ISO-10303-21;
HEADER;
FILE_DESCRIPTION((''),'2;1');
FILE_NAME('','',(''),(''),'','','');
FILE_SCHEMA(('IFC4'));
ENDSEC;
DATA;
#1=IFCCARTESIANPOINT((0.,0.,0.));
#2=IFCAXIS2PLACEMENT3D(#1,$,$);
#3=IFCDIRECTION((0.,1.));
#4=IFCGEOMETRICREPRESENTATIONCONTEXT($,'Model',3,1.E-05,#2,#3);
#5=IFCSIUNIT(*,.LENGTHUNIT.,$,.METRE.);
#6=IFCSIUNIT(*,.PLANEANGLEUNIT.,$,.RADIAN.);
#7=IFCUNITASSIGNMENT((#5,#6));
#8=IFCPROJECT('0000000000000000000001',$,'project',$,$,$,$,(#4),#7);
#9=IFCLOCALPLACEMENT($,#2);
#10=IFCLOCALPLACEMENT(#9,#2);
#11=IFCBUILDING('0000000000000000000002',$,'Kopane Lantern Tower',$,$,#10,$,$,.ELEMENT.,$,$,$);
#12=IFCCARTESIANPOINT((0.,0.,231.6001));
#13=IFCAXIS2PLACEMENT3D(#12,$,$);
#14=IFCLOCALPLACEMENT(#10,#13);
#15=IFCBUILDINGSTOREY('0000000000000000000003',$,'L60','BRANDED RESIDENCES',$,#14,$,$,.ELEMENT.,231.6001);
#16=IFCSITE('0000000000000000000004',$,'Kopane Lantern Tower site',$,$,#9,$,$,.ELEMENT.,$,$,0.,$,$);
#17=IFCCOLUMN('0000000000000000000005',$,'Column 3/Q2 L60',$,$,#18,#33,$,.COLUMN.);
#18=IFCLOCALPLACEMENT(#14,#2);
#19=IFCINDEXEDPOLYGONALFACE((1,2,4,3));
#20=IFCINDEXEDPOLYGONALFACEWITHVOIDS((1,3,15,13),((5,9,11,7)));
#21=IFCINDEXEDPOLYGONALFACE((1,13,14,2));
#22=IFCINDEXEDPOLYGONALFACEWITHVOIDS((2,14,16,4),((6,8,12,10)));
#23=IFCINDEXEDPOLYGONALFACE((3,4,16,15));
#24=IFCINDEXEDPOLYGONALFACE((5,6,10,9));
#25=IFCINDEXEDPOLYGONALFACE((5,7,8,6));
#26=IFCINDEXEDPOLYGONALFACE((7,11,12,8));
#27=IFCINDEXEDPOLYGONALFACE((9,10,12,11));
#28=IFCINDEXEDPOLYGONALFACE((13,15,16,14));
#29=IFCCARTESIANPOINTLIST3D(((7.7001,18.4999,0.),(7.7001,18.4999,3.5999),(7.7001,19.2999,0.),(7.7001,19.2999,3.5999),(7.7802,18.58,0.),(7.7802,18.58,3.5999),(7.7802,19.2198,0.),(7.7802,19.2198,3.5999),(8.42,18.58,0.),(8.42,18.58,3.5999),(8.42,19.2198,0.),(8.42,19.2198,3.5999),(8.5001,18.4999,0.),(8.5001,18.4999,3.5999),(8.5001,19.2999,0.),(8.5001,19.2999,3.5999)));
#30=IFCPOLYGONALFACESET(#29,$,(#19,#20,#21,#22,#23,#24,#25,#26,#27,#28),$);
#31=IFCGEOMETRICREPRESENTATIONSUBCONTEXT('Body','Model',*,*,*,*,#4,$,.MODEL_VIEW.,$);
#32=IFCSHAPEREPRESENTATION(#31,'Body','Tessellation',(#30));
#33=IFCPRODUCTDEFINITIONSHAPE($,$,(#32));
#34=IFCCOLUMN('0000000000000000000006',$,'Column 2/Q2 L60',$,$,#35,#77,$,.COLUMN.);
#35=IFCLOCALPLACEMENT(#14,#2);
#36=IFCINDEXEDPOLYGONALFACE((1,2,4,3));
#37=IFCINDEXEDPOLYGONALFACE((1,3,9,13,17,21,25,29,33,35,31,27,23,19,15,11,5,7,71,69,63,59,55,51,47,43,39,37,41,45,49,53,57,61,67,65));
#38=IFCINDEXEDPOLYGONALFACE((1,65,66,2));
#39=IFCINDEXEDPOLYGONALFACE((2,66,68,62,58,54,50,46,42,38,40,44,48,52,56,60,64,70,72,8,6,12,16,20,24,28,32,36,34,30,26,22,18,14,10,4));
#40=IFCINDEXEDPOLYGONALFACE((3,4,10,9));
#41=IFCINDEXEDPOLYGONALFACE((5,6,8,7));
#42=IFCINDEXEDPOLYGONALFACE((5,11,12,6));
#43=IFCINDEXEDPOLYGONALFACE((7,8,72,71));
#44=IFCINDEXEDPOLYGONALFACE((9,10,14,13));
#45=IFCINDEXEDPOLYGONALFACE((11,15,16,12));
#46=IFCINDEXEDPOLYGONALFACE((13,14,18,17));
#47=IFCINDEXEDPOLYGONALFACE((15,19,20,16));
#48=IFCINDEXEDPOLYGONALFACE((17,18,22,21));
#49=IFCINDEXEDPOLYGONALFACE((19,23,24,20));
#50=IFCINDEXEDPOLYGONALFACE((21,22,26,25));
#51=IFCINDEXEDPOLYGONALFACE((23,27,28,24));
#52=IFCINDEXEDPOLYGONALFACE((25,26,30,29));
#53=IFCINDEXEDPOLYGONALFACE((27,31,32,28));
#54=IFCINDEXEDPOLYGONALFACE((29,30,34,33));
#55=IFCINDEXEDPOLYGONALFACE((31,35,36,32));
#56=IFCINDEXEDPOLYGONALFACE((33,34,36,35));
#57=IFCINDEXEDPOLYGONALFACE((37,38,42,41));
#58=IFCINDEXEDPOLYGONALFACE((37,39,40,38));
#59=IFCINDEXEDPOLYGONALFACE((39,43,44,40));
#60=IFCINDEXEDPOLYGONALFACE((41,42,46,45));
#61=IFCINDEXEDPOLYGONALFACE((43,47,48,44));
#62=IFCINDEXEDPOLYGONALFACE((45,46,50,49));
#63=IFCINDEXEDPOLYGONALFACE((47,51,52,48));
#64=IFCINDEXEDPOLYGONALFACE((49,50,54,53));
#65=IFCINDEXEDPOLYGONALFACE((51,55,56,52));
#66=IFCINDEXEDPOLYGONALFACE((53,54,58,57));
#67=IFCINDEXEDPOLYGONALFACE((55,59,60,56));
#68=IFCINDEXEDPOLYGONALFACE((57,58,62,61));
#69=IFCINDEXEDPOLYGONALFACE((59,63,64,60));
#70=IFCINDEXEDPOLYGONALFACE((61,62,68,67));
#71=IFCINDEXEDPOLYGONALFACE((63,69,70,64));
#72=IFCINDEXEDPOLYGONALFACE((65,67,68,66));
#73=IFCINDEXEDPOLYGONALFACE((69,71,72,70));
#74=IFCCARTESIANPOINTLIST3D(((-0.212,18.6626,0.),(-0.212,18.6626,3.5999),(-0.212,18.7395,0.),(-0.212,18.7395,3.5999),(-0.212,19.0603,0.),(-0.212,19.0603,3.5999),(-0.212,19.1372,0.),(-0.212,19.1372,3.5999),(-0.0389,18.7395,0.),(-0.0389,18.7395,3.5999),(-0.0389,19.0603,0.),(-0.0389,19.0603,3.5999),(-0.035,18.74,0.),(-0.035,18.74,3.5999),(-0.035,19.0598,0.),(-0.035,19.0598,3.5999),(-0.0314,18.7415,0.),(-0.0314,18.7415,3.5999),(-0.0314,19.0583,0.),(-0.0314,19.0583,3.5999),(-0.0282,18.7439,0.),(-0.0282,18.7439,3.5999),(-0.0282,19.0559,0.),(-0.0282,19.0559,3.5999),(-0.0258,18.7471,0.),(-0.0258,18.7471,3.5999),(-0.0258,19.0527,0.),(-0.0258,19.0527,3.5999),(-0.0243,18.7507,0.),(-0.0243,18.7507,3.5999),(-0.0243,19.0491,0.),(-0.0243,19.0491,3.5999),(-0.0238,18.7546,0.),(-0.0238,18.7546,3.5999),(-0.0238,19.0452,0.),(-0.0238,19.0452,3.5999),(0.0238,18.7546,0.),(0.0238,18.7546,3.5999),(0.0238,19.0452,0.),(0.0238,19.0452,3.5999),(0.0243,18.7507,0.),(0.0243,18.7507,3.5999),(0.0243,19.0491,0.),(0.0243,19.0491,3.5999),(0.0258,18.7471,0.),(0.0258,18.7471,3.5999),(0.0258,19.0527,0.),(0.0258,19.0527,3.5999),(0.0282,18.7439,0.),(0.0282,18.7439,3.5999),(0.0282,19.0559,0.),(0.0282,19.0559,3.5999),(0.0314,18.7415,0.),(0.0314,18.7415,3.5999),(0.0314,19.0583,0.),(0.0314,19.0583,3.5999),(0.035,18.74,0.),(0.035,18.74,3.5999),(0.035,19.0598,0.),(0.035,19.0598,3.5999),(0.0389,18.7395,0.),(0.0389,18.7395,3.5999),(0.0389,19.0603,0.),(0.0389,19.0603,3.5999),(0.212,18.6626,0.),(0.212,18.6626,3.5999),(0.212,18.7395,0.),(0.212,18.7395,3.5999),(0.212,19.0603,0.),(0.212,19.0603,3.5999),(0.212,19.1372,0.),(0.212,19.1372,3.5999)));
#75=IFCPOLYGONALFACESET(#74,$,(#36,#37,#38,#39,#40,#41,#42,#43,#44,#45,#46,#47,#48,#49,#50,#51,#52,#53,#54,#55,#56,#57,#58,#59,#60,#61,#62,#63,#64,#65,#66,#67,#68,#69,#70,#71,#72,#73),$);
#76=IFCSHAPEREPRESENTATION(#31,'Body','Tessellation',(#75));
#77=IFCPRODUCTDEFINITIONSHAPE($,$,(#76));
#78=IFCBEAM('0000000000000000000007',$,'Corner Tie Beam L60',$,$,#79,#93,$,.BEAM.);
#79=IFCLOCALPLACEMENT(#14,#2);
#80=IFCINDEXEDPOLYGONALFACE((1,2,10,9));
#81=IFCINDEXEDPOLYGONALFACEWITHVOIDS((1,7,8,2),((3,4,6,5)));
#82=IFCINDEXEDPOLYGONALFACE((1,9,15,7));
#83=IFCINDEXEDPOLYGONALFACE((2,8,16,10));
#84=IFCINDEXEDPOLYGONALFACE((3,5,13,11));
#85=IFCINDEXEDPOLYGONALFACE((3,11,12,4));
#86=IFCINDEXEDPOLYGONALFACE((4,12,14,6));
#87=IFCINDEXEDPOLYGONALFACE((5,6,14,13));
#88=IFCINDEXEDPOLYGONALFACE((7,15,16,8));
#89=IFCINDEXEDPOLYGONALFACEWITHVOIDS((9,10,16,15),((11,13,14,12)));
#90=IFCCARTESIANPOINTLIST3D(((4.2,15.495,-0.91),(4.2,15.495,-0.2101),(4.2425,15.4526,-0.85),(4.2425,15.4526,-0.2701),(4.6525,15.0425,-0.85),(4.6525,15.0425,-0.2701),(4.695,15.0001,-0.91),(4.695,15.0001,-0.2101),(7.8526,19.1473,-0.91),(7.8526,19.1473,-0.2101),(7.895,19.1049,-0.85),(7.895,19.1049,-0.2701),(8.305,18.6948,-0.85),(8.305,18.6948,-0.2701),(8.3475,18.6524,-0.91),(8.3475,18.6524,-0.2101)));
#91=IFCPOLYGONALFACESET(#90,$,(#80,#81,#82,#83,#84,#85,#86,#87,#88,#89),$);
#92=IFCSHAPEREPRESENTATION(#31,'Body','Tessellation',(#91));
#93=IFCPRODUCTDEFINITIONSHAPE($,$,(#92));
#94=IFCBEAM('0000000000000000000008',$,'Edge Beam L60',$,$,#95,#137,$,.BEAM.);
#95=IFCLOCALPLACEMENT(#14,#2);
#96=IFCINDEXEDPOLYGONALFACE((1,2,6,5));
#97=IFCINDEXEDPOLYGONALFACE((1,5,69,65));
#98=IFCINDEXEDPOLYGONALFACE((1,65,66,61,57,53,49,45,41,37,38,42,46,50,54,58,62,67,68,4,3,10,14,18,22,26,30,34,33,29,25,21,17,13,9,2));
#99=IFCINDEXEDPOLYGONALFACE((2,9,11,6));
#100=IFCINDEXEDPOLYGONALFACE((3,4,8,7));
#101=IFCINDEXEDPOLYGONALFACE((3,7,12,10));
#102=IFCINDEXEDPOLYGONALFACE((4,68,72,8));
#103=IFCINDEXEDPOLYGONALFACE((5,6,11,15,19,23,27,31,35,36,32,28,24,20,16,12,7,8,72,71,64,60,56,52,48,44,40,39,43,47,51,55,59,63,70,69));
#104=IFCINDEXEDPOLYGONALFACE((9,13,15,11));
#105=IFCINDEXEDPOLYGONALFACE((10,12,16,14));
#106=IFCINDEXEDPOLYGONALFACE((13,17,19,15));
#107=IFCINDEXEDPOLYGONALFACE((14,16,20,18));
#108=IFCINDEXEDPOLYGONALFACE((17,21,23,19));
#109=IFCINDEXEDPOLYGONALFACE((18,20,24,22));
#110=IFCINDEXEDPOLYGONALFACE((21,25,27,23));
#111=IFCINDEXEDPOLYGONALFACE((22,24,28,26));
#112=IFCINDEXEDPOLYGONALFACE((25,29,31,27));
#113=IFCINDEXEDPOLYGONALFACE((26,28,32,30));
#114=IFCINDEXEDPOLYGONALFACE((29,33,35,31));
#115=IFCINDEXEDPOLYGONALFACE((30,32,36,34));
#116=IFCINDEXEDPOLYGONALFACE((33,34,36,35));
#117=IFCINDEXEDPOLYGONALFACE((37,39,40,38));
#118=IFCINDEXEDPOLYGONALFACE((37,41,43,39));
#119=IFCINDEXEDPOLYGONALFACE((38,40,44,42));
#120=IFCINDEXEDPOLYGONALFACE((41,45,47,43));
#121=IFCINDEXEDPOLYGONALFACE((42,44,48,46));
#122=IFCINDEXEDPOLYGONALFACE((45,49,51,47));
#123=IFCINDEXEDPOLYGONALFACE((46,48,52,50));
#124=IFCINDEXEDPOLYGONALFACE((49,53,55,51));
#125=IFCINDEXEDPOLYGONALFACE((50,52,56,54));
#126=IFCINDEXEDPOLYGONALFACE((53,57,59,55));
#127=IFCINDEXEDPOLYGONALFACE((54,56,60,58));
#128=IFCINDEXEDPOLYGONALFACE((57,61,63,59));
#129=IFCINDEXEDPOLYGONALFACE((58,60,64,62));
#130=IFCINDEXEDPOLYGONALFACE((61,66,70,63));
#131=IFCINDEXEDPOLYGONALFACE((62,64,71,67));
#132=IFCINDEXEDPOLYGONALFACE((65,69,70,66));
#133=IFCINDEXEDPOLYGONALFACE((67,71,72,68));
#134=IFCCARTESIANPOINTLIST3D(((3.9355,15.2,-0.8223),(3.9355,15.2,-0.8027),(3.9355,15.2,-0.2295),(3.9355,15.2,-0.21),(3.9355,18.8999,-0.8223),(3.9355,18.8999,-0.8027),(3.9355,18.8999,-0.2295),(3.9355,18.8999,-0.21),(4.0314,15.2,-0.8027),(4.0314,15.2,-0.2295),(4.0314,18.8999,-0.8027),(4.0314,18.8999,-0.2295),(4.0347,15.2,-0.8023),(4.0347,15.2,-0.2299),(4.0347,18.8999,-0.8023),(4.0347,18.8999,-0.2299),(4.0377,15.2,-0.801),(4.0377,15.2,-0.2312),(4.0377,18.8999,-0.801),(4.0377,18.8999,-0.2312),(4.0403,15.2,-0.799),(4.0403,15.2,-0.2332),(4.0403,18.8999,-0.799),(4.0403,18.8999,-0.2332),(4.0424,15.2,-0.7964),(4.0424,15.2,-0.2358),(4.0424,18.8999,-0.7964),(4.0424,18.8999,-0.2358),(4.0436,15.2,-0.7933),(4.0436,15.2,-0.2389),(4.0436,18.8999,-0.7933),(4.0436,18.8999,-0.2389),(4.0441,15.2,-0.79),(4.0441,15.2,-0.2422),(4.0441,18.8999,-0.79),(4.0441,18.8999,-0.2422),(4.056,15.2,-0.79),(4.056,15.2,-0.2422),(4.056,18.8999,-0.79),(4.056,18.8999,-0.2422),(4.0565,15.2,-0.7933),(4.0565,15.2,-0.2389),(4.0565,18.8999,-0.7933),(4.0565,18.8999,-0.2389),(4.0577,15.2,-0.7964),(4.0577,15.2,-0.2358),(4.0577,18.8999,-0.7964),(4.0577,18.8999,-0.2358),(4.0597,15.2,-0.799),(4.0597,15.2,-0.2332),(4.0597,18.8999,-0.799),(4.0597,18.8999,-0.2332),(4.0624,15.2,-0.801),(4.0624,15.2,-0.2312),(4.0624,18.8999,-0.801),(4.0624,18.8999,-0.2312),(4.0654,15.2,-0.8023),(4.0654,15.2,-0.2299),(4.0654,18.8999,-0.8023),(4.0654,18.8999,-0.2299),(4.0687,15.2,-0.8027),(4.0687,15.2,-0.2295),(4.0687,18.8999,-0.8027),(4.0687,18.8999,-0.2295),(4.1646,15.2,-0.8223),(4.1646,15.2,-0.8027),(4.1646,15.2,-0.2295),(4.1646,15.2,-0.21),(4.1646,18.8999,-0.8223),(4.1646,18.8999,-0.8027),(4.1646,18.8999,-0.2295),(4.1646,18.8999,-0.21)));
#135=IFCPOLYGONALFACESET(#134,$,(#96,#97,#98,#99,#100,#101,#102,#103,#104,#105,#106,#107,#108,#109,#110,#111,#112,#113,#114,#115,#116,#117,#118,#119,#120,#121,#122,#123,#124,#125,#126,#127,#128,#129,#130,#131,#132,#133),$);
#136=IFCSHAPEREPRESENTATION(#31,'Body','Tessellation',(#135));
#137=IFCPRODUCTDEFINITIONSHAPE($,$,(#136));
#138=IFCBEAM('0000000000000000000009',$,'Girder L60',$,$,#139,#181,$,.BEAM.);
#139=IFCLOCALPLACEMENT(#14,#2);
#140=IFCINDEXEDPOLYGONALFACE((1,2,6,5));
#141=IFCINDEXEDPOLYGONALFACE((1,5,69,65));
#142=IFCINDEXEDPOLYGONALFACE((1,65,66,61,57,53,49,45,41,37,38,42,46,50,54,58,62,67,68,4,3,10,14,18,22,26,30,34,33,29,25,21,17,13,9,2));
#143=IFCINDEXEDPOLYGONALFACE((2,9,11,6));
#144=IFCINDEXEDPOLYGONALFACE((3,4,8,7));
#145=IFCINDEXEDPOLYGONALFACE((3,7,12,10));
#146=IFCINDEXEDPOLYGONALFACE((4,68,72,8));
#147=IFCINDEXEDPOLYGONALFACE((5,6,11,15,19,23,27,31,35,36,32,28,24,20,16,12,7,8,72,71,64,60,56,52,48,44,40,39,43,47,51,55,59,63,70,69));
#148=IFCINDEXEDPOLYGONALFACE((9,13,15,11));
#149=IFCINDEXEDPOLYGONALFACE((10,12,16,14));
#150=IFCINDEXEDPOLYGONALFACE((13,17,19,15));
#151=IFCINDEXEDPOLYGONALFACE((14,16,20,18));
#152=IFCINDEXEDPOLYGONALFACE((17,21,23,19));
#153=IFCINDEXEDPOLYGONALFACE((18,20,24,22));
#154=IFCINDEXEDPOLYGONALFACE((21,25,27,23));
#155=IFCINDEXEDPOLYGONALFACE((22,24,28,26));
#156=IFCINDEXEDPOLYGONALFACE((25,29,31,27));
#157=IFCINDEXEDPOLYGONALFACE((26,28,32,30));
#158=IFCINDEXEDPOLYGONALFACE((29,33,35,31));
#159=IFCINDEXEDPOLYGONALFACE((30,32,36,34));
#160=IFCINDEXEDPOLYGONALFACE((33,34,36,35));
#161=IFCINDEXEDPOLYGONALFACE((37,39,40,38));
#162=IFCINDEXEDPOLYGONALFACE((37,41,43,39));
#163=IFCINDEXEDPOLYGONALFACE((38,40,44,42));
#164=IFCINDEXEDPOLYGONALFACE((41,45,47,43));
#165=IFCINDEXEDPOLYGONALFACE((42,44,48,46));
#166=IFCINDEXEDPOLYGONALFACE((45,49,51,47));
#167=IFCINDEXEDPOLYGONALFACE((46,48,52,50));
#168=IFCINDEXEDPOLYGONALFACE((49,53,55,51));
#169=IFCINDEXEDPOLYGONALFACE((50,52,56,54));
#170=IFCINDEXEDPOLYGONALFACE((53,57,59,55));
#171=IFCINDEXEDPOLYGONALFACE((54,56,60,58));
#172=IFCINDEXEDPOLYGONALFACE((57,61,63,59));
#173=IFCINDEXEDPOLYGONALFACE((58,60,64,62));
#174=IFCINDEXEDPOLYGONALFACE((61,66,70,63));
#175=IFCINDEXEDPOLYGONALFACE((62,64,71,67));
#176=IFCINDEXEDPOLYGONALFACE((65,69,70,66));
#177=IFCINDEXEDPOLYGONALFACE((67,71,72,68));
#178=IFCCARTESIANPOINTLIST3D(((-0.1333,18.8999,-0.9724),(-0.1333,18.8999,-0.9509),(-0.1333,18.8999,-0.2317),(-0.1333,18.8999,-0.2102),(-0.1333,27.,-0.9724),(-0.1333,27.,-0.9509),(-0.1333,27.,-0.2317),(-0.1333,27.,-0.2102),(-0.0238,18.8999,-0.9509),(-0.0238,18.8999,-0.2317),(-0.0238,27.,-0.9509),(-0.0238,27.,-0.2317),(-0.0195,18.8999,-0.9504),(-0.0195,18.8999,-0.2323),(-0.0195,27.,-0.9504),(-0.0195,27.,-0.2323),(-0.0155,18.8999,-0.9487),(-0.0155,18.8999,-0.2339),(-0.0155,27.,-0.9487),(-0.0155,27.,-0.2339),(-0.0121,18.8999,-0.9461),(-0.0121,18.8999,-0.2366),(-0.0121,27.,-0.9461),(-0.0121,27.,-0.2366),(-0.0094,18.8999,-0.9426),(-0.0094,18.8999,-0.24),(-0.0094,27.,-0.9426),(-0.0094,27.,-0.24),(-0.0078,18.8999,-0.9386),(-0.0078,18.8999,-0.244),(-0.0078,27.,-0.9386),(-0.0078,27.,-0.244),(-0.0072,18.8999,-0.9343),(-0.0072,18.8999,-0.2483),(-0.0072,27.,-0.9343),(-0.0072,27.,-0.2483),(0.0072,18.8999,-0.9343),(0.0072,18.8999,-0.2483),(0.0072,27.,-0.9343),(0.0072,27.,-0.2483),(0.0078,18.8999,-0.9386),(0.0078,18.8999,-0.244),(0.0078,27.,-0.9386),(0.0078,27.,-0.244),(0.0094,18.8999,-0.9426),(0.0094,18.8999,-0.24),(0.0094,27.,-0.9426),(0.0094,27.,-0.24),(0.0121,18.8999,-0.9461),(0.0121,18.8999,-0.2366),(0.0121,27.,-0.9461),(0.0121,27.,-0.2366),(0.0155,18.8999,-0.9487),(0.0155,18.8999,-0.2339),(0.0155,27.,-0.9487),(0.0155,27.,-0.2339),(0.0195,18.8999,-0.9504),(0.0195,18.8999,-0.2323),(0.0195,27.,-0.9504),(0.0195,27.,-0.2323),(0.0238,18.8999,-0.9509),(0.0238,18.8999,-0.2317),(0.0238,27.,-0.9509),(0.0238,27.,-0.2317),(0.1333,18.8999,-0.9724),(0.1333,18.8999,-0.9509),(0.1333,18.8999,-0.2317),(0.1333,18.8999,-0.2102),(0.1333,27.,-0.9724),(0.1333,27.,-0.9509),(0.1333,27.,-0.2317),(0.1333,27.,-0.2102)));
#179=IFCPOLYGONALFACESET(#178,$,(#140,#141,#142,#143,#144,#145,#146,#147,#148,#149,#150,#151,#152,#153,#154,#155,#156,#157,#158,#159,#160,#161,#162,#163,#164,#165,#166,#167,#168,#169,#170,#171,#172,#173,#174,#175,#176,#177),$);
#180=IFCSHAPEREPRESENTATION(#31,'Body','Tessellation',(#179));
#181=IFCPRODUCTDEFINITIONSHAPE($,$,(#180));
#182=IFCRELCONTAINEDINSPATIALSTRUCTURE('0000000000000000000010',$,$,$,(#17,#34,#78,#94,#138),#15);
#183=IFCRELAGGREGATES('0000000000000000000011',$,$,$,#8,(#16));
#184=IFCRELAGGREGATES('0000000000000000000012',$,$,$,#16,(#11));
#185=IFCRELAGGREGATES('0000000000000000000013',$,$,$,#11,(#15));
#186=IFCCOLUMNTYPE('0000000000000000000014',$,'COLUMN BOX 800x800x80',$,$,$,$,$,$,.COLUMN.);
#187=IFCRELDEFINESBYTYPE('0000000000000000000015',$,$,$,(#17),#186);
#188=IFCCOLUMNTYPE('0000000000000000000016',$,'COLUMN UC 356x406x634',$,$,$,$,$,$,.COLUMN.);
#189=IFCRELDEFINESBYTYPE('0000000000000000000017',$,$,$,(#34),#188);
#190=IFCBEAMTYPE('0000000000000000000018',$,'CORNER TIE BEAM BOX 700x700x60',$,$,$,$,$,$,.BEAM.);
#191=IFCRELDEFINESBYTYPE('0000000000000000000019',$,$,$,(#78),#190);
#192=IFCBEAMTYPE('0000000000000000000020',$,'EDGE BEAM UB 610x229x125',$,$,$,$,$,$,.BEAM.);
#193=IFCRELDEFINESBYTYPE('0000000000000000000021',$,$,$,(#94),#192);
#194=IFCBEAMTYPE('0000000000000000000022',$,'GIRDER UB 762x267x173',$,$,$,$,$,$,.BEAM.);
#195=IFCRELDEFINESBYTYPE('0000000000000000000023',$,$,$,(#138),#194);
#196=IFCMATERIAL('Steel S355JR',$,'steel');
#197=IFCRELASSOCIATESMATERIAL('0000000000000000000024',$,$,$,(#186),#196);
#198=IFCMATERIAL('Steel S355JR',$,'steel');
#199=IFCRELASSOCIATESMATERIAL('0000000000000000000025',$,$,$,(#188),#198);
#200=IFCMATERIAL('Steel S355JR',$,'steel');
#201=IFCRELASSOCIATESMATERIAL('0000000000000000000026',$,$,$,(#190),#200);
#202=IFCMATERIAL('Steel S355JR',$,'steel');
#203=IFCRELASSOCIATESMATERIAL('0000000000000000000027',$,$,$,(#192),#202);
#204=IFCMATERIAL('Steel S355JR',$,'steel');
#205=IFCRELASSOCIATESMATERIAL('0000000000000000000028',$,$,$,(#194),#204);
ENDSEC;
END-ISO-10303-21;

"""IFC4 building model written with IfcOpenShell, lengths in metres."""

from ifc_helpers import new_model, si_unit, direction, frame, origin, origin_2d, place, context, subcontext, project, spatial, hollow_rectangle, i_section, extrude, material, material_profile, profile_set, type_object, element, save


model = new_model("IFC4")

# Units and contexts
model_context = context("Model", 3, precision=1e-05, world=origin(), true_north=direction((0.0, 1.0)))
body_context = subcontext(model_context, "Body", "Model", "MODEL_VIEW")
ifc_project = project(units=[si_unit("LENGTHUNIT", "METRE"), si_unit("PLANEANGLEUNIT", "RADIAN")], contexts=[model_context])

# Site, building, storey
site_placement = place(None, origin())
site = spatial("IfcSite", under=ifc_project, at=site_placement, Name="Kopane Lantern Tower site", CompositionType="ELEMENT", RefElevation=0.0)
building_placement = place(site_placement, origin())
building = spatial("IfcBuilding", under=site, at=building_placement, Name="Kopane Lantern Tower", CompositionType="ELEMENT")
storey_placement = place(building_placement, frame((0.0, 0.0, 231.6001)))
storey = spatial("IfcBuildingStorey", under=building, at=storey_placement, Name="L60", Description="BRANDED RESIDENCES", CompositionType="ELEMENT", Elevation=231.6001)

# Columns
ifc_material_1 = material(Name="Steel S355JR", Category="steel")
ifc_material_profile_1 = material_profile(ifc_material_1, hollow_rectangle(XDim=0.8, YDim=0.8, WallThickness=0.0801, at=origin_2d()), Name="BOX 800x800x80")
ifc_profile_set_1 = profile_set([ifc_material_profile_1], Name="Steel S355JR")
column_type_1 = type_object("IfcColumnType", Name="COLUMN BOX 800x800x80", PredefinedType="COLUMN", material=ifc_profile_set_1)
column_1_placement = place(storey_placement, frame((8.1001, 18.8999, 0.0), z_axis=(0.0, 0.0, 1.0), x_axis=(1.0, 0.0, 0.0)))
element("IfcColumn", 1, at=column_1_placement, inside=storey, type_object=column_type_1, Name="Column 3/Q2 L60", PredefinedType="COLUMN", context=body_context, shape_type="SweptSolid", body=[
    extrude(hollow_rectangle(XDim=0.8, YDim=0.8, WallThickness=0.0801, at=origin_2d()), origin(), (0.0, 0.0, 1.0), 3.5999),
])
ifc_material_2 = material(Name="Steel S355JR", Category="steel")
ifc_material_profile_2 = material_profile(ifc_material_2, i_section(OverallWidth=0.4241, OverallDepth=0.4746, WebThickness=0.0476, FlangeThickness=0.0769, FilletRadius=0.0151, at=origin_2d()), Name="UC 356x406x634")
ifc_profile_set_2 = profile_set([ifc_material_profile_2], Name="Steel S355JR")
column_type_2 = type_object("IfcColumnType", Name="COLUMN UC 356x406x634", PredefinedType="COLUMN", material=ifc_profile_set_2)
column_2_placement = place(storey_placement, frame((0.0, 18.8999, 0.0), z_axis=(0.0, 0.0, 1.0), x_axis=(1.0, 0.0, 0.0)))
element("IfcColumn", 2, at=column_2_placement, inside=storey, type_object=column_type_2, Name="Column 2/Q2 L60", PredefinedType="COLUMN", context=body_context, shape_type="SweptSolid", body=[
    extrude(i_section(OverallWidth=0.4241, OverallDepth=0.4746, WebThickness=0.0476, FlangeThickness=0.0769, FilletRadius=0.0151, at=origin_2d()), origin(), (0.0, 0.0, 1.0), 3.5999),
])

# Beams
ifc_material_3 = material(Name="Steel S355JR", Category="steel")
ifc_material_profile_3 = material_profile(ifc_material_3, hollow_rectangle(XDim=0.7, YDim=0.7, WallThickness=0.0601, at=origin_2d()), Name="BOX 700x700x60")
ifc_profile_set_3 = profile_set([ifc_material_profile_3], Name="Steel S355JR")
beam_type_1 = type_object("IfcBeamType", Name="CORNER TIE BEAM BOX 700x700x60", PredefinedType="BEAM", material=ifc_profile_set_3)
beam_1_placement = place(storey_placement, frame((4.4475, 15.2476, -0.5601), z_axis=(0.70713, 0.707083, 0.0), x_axis=(-0.707083, 0.70713, 0.0)))
element("IfcBeam", 3, at=beam_1_placement, inside=storey, type_object=beam_type_1, Name="Corner Tie Beam L60", PredefinedType="BEAM", context=body_context, shape_type="SweptSolid", body=[
    extrude(hollow_rectangle(XDim=0.7, YDim=0.7, WallThickness=0.0601, at=origin_2d()), origin(), (0.0, 0.0, 1.0), 5.1653),
])
ifc_material_4 = material(Name="Steel S355JR", Category="steel")
ifc_material_profile_4 = material_profile(ifc_material_4, i_section(OverallWidth=0.229, OverallDepth=0.6123, WebThickness=0.012, FlangeThickness=0.0195, FilletRadius=0.0127, at=origin_2d()), Name="UB 610x229x125")
ifc_profile_set_4 = profile_set([ifc_material_profile_4], Name="Steel S355JR")
beam_type_2 = type_object("IfcBeamType", Name="EDGE BEAM UB 610x229x125", PredefinedType="BEAM", material=ifc_profile_set_4)
beam_2_placement = place(storey_placement, frame((4.05, 15.2, -0.5161), z_axis=(0.0, 1.0, 0.0), x_axis=(-1.0, 0.0, 0.0)))
element("IfcBeam", 4, at=beam_2_placement, inside=storey, type_object=beam_type_2, Name="Edge Beam L60", PredefinedType="BEAM", context=body_context, shape_type="SweptSolid", body=[
    extrude(i_section(OverallWidth=0.229, OverallDepth=0.6123, WebThickness=0.012, FlangeThickness=0.0195, FilletRadius=0.0127, at=origin_2d()), origin(), (0.0, 0.0, 1.0), 3.7),
])
ifc_material_5 = material(Name="Steel S355JR", Category="steel")
ifc_material_profile_5 = material_profile(ifc_material_5, i_section(OverallWidth=0.2666, OverallDepth=0.7622, WebThickness=0.0144, FlangeThickness=0.0215, FilletRadius=0.0166, at=origin_2d()), Name="UB 762x267x173")
ifc_profile_set_5 = profile_set([ifc_material_profile_5], Name="Steel S355JR")
beam_type_3 = type_object("IfcBeamType", Name="GIRDER UB 762x267x173", PredefinedType="BEAM", material=ifc_profile_set_5)
for number, where, z_axis, x_axis, name in (
    (5, (0.0, 18.8999, -0.5913), (0.0, 1.0, 0.0), (-1.0, 0.0, 0.0), "Girder L60"),
):
    element("IfcBeam", number, at=place(storey_placement, frame(where, z_axis=z_axis, x_axis=x_axis)), inside=storey, type_object=beam_type_3, Name=name, PredefinedType="BEAM", context=body_context, shape_type="SweptSolid", body=[
        extrude(i_section(OverallWidth=0.2666, OverallDepth=0.7622, WebThickness=0.0144, FlangeThickness=0.0215, FilletRadius=0.0166, at=origin_2d()), origin(), (0.0, 0.0, 1.0), 8.1001),
    ])

save(model, "model.ifc")
